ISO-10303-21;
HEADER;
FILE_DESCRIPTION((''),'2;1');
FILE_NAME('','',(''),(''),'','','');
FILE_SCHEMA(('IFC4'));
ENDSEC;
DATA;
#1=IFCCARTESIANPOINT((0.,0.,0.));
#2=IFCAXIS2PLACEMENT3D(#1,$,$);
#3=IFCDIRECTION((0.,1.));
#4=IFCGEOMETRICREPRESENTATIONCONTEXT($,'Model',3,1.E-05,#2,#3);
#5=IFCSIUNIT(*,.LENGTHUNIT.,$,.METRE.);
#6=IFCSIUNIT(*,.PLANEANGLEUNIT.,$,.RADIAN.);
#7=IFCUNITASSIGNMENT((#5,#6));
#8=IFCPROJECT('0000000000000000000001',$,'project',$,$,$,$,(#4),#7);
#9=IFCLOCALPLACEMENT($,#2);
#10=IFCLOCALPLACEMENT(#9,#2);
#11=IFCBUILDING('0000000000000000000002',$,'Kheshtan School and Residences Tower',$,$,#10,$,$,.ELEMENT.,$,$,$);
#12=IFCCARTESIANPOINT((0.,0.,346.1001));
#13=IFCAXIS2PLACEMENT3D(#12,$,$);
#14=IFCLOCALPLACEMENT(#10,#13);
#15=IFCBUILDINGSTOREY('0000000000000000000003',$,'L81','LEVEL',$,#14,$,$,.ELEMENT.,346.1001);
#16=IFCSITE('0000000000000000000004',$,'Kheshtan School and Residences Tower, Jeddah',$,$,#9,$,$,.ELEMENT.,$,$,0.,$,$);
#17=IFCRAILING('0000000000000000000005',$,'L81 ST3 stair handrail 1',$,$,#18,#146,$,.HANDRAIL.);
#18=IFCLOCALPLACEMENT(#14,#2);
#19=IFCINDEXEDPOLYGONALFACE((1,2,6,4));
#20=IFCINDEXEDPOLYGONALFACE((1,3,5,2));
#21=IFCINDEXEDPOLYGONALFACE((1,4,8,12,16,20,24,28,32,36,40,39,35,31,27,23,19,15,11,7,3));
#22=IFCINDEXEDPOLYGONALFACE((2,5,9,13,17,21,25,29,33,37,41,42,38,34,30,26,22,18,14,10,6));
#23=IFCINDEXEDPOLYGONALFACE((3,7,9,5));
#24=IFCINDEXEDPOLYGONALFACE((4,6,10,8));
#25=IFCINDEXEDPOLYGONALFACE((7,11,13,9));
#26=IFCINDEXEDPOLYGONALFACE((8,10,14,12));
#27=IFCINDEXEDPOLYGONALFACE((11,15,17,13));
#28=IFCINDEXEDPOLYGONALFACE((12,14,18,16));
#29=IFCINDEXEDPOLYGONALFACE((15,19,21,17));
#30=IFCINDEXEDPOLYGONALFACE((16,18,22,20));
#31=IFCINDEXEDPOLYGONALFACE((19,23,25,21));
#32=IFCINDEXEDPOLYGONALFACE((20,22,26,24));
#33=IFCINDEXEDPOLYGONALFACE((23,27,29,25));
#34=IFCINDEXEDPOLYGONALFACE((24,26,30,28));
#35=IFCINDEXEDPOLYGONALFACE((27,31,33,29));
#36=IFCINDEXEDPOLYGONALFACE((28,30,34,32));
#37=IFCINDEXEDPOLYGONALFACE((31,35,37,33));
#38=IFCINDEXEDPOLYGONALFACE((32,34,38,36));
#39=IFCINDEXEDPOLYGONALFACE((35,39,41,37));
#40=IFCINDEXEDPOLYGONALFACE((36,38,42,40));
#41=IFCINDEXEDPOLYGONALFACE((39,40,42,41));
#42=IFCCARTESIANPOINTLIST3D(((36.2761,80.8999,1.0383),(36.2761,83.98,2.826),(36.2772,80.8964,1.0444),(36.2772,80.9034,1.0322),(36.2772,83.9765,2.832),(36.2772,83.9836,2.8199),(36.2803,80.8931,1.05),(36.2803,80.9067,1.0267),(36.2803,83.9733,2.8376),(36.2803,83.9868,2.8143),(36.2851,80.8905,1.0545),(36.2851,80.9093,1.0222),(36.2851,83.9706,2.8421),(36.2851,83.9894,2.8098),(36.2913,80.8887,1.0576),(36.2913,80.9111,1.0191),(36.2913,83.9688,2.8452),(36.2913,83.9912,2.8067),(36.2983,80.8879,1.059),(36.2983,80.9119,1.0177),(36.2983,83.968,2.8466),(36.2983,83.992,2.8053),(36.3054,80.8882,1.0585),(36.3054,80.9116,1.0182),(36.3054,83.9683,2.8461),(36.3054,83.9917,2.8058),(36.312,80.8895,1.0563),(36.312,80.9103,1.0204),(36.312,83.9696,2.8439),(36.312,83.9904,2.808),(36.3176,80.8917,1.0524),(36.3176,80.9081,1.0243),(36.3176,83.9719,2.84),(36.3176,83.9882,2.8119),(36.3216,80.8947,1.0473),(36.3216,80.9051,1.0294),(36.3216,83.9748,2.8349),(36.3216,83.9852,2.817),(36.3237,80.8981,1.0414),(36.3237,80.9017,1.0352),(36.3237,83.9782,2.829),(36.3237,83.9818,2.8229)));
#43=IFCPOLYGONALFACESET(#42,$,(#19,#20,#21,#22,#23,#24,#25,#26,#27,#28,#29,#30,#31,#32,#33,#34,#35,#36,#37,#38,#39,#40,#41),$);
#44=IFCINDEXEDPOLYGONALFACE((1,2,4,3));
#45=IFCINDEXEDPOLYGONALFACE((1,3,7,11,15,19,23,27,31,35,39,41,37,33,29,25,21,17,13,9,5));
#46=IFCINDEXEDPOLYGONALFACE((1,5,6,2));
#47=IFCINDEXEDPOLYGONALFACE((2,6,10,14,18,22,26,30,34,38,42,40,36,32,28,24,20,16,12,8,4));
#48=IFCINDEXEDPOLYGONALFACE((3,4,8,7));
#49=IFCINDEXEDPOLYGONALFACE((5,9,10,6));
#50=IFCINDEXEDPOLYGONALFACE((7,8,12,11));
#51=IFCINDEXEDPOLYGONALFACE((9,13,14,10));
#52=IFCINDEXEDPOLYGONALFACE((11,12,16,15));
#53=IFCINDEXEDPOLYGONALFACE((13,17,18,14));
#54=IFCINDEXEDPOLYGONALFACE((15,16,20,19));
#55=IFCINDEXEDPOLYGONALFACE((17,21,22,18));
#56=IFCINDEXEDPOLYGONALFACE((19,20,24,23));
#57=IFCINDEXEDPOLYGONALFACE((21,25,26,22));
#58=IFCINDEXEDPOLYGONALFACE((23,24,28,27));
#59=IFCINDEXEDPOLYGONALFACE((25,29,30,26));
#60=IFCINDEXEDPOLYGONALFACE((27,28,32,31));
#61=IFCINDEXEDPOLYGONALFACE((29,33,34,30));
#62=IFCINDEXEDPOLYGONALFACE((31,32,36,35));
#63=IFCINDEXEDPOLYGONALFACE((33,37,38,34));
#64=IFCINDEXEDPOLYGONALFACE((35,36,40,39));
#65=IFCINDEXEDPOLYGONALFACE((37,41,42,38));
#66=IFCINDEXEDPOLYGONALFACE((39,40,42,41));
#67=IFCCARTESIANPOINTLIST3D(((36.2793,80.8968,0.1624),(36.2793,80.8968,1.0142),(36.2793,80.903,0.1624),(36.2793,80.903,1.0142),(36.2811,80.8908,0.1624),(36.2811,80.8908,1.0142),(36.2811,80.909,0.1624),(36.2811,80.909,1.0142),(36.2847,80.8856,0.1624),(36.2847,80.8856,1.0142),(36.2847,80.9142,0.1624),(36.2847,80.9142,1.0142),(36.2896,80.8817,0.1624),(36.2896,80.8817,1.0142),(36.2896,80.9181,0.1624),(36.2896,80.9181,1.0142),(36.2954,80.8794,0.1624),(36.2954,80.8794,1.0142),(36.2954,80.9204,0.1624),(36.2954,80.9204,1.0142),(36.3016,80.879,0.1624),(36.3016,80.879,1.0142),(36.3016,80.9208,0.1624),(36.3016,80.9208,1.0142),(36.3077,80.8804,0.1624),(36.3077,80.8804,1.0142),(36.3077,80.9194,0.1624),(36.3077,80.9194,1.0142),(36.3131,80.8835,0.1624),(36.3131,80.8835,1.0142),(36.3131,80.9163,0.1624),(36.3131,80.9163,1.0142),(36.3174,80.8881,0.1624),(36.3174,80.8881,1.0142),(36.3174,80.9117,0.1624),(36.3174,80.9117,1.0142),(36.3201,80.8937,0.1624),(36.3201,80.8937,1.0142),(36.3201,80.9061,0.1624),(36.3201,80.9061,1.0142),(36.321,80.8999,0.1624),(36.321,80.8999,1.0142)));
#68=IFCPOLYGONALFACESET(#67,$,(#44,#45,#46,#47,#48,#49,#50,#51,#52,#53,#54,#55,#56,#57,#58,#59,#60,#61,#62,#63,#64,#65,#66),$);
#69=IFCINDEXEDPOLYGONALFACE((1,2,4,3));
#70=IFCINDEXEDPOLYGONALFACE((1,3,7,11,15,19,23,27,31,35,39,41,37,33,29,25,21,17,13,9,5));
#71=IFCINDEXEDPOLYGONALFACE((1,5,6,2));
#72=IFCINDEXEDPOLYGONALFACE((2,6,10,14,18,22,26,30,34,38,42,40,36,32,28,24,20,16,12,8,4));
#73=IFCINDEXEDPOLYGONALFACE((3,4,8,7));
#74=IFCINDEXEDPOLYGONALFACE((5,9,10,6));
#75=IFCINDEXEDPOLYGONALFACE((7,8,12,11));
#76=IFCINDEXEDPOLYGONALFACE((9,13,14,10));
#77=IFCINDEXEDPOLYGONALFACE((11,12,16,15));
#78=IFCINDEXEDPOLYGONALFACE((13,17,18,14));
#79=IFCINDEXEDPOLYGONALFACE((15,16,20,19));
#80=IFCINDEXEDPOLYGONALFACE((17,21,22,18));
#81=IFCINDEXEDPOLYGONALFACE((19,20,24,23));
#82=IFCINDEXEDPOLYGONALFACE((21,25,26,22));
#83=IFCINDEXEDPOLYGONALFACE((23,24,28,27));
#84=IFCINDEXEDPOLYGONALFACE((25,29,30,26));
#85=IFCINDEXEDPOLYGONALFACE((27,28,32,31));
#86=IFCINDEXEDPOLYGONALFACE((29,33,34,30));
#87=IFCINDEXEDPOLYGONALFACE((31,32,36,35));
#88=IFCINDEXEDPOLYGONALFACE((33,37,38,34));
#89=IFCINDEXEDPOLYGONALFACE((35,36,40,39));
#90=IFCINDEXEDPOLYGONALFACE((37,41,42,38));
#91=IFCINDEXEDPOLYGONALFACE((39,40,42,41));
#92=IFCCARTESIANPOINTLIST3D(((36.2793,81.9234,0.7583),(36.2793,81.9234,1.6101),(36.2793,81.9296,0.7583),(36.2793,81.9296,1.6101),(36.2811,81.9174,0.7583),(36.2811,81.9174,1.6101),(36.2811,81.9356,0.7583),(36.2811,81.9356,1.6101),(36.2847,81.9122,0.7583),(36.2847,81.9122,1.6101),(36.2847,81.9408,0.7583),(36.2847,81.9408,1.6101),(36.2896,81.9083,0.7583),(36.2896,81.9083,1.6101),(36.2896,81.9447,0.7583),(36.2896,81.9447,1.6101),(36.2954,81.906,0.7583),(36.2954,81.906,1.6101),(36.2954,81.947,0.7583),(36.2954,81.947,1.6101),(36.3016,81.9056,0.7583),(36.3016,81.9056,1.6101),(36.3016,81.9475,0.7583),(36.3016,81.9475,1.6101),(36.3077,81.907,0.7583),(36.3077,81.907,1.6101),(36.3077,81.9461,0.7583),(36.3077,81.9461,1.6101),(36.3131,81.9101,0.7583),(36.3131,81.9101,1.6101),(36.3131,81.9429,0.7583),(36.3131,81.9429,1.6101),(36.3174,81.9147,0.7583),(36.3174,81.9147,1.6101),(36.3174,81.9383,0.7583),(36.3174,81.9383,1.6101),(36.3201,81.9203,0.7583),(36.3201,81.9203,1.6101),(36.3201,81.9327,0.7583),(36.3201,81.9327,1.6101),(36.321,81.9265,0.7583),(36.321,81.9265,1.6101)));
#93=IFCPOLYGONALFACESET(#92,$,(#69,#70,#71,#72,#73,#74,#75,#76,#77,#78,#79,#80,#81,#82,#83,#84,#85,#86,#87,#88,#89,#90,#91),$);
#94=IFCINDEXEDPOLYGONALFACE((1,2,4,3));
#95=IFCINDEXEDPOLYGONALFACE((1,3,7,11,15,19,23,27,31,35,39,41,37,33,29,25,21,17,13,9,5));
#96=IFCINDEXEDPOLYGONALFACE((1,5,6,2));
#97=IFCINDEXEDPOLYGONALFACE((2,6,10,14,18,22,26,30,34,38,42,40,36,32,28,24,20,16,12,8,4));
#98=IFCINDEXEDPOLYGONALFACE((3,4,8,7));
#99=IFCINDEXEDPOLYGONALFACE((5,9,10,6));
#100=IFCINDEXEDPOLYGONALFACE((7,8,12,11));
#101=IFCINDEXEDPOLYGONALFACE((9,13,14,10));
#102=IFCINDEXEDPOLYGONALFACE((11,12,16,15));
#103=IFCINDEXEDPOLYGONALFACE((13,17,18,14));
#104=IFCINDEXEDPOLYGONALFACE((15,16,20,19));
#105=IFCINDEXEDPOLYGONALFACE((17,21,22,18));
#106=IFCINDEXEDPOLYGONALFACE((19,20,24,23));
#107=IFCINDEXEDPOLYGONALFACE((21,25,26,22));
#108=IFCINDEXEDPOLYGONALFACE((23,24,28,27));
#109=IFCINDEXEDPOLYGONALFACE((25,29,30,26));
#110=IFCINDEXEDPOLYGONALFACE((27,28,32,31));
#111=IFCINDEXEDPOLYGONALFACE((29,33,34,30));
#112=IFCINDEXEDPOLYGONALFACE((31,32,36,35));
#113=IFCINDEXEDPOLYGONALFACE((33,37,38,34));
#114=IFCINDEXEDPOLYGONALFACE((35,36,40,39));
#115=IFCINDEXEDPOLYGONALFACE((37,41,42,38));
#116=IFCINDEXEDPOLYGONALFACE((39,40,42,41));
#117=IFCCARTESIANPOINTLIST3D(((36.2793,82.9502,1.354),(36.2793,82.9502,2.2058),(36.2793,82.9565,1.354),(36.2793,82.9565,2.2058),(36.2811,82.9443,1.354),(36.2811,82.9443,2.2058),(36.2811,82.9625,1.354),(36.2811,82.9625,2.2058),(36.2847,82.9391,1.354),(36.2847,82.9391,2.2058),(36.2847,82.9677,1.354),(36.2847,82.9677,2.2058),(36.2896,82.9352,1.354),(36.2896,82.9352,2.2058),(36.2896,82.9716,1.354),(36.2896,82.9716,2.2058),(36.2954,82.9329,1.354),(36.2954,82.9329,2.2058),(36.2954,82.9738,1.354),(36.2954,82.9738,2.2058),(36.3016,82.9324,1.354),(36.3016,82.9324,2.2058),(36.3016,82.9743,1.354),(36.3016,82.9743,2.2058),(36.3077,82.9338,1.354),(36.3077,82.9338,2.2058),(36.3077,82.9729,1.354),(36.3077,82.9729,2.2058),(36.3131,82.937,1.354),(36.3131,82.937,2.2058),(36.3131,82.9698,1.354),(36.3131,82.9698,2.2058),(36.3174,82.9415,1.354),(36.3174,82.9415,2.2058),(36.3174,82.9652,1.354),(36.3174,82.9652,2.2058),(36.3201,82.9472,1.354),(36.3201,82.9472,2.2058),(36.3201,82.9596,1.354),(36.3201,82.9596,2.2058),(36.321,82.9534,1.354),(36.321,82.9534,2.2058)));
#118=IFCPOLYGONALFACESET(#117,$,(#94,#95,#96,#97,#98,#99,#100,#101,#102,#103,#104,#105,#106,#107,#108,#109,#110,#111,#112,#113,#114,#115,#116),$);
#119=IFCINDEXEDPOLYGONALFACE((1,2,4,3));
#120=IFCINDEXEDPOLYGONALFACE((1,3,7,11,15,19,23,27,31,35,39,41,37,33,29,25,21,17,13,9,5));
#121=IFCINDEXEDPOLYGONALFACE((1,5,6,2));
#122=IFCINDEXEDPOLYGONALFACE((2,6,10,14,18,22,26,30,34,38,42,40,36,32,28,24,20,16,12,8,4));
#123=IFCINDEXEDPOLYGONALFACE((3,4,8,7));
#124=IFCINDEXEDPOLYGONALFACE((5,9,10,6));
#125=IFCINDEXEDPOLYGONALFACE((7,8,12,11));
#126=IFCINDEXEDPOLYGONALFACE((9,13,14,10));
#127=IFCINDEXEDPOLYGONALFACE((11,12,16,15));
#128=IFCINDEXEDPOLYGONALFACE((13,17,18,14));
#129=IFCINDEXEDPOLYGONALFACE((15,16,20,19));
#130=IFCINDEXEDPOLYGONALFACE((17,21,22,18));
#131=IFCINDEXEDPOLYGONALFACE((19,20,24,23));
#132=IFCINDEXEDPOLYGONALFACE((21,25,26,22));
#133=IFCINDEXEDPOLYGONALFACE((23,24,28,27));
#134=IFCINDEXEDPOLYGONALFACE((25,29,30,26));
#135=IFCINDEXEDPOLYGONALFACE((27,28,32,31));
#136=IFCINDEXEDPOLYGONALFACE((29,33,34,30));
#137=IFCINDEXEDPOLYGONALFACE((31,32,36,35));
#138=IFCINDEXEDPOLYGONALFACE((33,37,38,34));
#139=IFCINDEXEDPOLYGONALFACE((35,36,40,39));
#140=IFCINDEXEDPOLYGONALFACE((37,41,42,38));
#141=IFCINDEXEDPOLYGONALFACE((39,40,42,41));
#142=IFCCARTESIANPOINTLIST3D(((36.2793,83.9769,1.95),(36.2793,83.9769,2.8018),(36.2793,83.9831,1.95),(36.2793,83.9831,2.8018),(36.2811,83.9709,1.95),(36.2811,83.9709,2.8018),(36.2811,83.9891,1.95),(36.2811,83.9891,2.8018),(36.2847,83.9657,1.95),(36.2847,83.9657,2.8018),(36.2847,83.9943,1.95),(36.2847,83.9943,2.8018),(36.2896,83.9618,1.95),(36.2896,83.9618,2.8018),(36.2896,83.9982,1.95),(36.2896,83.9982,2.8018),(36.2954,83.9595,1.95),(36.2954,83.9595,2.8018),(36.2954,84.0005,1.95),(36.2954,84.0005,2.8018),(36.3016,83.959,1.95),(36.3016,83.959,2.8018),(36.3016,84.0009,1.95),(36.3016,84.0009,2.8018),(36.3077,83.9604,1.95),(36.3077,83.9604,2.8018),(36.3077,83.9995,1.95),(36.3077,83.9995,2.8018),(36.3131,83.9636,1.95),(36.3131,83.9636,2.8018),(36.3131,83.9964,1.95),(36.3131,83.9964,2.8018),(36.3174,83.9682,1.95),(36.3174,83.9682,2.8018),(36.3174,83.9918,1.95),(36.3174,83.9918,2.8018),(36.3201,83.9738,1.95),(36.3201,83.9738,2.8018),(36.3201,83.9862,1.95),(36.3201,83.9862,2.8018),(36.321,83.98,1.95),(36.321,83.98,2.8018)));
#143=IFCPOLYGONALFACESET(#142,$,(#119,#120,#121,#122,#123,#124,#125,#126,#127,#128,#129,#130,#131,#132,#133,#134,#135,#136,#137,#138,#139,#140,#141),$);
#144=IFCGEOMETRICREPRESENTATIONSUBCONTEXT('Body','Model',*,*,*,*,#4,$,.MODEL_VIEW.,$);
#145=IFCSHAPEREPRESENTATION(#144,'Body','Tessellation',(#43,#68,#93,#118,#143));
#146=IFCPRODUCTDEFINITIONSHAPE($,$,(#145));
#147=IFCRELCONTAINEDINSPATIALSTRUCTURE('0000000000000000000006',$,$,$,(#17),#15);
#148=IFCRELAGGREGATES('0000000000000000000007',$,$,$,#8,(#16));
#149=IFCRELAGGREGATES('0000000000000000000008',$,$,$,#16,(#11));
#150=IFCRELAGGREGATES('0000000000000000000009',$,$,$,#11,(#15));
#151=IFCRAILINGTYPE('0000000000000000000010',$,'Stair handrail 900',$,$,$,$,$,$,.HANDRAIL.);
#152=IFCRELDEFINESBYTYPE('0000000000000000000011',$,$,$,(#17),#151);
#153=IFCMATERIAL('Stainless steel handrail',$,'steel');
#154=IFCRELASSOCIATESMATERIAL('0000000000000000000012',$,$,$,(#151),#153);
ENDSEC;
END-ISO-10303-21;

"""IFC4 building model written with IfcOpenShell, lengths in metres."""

from ifc_helpers import new_model, si_unit, direction, frame, origin, origin_2d, place, context, subcontext, project, spatial, circle, extrude, material, type_object, element, save


model = new_model("IFC4")

# Units and contexts
model_context = context("Model", 3, precision=1e-05, world=origin(), true_north=direction((0.0, 1.0)))
body_context = subcontext(model_context, "Body", "Model", "MODEL_VIEW")
ifc_project = project(units=[si_unit("LENGTHUNIT", "METRE"), si_unit("PLANEANGLEUNIT", "RADIAN")], contexts=[model_context])

# Site, building, storey
site_placement = place(None, origin())
site = spatial("IfcSite", under=ifc_project, at=site_placement, Name="Kheshtan School and Residences Tower, Jeddah", CompositionType="ELEMENT", RefElevation=0.0)
building_placement = place(site_placement, origin())
building = spatial("IfcBuilding", under=site, at=building_placement, Name="Kheshtan School and Residences Tower", CompositionType="ELEMENT")
storey_placement = place(building_placement, frame((0.0, 0.0, 346.1001)))
storey = spatial("IfcBuildingStorey", under=building, at=storey_placement, Name="L81", Description="LEVEL", CompositionType="ELEMENT", Elevation=346.1001)

# Railing
ifc_material_1 = material(Name="Stainless steel handrail", Category="steel")
railing_type_1 = type_object("IfcRailingType", Name="Stair handrail 900", PredefinedType="HANDRAIL", material=ifc_material_1)
railing_1_placement = place(storey_placement, frame((36.3, 80.8999, 0.1624)))
element("IfcRailing", 1, at=railing_1_placement, inside=storey, type_object=railing_type_1, Name="L81 ST3 stair handrail 1", PredefinedType="HANDRAIL", context=body_context, shape_type="SweptSolid", body=[
    extrude(circle(Radius=0.0239, at=origin_2d()), frame((0.0, 0.0, 0.876), z_axis=(0.0, 0.864891, 0.50196), x_axis=(-1.0, 0.0, 0.0)), (0.0, 0.0, 1.0), 3.5613),
    extrude(circle(Radius=0.021, at=origin_2d()), origin(), (0.0, 0.0, 1.0), 0.8518),
    extrude(circle(Radius=0.021, at=origin_2d()), frame((0.0, 1.0266, 0.5959)), (0.0, 0.0, 1.0), 0.8518),
    extrude(circle(Radius=0.021, at=origin_2d()), frame((0.0, 2.0535, 1.1917)), (0.0, 0.0, 1.0), 0.8518),
    extrude(circle(Radius=0.021, at=origin_2d()), frame((0.0, 3.0801, 1.7876)), (0.0, 0.0, 1.0), 0.8518),
])

save(model, "model.ifc")
